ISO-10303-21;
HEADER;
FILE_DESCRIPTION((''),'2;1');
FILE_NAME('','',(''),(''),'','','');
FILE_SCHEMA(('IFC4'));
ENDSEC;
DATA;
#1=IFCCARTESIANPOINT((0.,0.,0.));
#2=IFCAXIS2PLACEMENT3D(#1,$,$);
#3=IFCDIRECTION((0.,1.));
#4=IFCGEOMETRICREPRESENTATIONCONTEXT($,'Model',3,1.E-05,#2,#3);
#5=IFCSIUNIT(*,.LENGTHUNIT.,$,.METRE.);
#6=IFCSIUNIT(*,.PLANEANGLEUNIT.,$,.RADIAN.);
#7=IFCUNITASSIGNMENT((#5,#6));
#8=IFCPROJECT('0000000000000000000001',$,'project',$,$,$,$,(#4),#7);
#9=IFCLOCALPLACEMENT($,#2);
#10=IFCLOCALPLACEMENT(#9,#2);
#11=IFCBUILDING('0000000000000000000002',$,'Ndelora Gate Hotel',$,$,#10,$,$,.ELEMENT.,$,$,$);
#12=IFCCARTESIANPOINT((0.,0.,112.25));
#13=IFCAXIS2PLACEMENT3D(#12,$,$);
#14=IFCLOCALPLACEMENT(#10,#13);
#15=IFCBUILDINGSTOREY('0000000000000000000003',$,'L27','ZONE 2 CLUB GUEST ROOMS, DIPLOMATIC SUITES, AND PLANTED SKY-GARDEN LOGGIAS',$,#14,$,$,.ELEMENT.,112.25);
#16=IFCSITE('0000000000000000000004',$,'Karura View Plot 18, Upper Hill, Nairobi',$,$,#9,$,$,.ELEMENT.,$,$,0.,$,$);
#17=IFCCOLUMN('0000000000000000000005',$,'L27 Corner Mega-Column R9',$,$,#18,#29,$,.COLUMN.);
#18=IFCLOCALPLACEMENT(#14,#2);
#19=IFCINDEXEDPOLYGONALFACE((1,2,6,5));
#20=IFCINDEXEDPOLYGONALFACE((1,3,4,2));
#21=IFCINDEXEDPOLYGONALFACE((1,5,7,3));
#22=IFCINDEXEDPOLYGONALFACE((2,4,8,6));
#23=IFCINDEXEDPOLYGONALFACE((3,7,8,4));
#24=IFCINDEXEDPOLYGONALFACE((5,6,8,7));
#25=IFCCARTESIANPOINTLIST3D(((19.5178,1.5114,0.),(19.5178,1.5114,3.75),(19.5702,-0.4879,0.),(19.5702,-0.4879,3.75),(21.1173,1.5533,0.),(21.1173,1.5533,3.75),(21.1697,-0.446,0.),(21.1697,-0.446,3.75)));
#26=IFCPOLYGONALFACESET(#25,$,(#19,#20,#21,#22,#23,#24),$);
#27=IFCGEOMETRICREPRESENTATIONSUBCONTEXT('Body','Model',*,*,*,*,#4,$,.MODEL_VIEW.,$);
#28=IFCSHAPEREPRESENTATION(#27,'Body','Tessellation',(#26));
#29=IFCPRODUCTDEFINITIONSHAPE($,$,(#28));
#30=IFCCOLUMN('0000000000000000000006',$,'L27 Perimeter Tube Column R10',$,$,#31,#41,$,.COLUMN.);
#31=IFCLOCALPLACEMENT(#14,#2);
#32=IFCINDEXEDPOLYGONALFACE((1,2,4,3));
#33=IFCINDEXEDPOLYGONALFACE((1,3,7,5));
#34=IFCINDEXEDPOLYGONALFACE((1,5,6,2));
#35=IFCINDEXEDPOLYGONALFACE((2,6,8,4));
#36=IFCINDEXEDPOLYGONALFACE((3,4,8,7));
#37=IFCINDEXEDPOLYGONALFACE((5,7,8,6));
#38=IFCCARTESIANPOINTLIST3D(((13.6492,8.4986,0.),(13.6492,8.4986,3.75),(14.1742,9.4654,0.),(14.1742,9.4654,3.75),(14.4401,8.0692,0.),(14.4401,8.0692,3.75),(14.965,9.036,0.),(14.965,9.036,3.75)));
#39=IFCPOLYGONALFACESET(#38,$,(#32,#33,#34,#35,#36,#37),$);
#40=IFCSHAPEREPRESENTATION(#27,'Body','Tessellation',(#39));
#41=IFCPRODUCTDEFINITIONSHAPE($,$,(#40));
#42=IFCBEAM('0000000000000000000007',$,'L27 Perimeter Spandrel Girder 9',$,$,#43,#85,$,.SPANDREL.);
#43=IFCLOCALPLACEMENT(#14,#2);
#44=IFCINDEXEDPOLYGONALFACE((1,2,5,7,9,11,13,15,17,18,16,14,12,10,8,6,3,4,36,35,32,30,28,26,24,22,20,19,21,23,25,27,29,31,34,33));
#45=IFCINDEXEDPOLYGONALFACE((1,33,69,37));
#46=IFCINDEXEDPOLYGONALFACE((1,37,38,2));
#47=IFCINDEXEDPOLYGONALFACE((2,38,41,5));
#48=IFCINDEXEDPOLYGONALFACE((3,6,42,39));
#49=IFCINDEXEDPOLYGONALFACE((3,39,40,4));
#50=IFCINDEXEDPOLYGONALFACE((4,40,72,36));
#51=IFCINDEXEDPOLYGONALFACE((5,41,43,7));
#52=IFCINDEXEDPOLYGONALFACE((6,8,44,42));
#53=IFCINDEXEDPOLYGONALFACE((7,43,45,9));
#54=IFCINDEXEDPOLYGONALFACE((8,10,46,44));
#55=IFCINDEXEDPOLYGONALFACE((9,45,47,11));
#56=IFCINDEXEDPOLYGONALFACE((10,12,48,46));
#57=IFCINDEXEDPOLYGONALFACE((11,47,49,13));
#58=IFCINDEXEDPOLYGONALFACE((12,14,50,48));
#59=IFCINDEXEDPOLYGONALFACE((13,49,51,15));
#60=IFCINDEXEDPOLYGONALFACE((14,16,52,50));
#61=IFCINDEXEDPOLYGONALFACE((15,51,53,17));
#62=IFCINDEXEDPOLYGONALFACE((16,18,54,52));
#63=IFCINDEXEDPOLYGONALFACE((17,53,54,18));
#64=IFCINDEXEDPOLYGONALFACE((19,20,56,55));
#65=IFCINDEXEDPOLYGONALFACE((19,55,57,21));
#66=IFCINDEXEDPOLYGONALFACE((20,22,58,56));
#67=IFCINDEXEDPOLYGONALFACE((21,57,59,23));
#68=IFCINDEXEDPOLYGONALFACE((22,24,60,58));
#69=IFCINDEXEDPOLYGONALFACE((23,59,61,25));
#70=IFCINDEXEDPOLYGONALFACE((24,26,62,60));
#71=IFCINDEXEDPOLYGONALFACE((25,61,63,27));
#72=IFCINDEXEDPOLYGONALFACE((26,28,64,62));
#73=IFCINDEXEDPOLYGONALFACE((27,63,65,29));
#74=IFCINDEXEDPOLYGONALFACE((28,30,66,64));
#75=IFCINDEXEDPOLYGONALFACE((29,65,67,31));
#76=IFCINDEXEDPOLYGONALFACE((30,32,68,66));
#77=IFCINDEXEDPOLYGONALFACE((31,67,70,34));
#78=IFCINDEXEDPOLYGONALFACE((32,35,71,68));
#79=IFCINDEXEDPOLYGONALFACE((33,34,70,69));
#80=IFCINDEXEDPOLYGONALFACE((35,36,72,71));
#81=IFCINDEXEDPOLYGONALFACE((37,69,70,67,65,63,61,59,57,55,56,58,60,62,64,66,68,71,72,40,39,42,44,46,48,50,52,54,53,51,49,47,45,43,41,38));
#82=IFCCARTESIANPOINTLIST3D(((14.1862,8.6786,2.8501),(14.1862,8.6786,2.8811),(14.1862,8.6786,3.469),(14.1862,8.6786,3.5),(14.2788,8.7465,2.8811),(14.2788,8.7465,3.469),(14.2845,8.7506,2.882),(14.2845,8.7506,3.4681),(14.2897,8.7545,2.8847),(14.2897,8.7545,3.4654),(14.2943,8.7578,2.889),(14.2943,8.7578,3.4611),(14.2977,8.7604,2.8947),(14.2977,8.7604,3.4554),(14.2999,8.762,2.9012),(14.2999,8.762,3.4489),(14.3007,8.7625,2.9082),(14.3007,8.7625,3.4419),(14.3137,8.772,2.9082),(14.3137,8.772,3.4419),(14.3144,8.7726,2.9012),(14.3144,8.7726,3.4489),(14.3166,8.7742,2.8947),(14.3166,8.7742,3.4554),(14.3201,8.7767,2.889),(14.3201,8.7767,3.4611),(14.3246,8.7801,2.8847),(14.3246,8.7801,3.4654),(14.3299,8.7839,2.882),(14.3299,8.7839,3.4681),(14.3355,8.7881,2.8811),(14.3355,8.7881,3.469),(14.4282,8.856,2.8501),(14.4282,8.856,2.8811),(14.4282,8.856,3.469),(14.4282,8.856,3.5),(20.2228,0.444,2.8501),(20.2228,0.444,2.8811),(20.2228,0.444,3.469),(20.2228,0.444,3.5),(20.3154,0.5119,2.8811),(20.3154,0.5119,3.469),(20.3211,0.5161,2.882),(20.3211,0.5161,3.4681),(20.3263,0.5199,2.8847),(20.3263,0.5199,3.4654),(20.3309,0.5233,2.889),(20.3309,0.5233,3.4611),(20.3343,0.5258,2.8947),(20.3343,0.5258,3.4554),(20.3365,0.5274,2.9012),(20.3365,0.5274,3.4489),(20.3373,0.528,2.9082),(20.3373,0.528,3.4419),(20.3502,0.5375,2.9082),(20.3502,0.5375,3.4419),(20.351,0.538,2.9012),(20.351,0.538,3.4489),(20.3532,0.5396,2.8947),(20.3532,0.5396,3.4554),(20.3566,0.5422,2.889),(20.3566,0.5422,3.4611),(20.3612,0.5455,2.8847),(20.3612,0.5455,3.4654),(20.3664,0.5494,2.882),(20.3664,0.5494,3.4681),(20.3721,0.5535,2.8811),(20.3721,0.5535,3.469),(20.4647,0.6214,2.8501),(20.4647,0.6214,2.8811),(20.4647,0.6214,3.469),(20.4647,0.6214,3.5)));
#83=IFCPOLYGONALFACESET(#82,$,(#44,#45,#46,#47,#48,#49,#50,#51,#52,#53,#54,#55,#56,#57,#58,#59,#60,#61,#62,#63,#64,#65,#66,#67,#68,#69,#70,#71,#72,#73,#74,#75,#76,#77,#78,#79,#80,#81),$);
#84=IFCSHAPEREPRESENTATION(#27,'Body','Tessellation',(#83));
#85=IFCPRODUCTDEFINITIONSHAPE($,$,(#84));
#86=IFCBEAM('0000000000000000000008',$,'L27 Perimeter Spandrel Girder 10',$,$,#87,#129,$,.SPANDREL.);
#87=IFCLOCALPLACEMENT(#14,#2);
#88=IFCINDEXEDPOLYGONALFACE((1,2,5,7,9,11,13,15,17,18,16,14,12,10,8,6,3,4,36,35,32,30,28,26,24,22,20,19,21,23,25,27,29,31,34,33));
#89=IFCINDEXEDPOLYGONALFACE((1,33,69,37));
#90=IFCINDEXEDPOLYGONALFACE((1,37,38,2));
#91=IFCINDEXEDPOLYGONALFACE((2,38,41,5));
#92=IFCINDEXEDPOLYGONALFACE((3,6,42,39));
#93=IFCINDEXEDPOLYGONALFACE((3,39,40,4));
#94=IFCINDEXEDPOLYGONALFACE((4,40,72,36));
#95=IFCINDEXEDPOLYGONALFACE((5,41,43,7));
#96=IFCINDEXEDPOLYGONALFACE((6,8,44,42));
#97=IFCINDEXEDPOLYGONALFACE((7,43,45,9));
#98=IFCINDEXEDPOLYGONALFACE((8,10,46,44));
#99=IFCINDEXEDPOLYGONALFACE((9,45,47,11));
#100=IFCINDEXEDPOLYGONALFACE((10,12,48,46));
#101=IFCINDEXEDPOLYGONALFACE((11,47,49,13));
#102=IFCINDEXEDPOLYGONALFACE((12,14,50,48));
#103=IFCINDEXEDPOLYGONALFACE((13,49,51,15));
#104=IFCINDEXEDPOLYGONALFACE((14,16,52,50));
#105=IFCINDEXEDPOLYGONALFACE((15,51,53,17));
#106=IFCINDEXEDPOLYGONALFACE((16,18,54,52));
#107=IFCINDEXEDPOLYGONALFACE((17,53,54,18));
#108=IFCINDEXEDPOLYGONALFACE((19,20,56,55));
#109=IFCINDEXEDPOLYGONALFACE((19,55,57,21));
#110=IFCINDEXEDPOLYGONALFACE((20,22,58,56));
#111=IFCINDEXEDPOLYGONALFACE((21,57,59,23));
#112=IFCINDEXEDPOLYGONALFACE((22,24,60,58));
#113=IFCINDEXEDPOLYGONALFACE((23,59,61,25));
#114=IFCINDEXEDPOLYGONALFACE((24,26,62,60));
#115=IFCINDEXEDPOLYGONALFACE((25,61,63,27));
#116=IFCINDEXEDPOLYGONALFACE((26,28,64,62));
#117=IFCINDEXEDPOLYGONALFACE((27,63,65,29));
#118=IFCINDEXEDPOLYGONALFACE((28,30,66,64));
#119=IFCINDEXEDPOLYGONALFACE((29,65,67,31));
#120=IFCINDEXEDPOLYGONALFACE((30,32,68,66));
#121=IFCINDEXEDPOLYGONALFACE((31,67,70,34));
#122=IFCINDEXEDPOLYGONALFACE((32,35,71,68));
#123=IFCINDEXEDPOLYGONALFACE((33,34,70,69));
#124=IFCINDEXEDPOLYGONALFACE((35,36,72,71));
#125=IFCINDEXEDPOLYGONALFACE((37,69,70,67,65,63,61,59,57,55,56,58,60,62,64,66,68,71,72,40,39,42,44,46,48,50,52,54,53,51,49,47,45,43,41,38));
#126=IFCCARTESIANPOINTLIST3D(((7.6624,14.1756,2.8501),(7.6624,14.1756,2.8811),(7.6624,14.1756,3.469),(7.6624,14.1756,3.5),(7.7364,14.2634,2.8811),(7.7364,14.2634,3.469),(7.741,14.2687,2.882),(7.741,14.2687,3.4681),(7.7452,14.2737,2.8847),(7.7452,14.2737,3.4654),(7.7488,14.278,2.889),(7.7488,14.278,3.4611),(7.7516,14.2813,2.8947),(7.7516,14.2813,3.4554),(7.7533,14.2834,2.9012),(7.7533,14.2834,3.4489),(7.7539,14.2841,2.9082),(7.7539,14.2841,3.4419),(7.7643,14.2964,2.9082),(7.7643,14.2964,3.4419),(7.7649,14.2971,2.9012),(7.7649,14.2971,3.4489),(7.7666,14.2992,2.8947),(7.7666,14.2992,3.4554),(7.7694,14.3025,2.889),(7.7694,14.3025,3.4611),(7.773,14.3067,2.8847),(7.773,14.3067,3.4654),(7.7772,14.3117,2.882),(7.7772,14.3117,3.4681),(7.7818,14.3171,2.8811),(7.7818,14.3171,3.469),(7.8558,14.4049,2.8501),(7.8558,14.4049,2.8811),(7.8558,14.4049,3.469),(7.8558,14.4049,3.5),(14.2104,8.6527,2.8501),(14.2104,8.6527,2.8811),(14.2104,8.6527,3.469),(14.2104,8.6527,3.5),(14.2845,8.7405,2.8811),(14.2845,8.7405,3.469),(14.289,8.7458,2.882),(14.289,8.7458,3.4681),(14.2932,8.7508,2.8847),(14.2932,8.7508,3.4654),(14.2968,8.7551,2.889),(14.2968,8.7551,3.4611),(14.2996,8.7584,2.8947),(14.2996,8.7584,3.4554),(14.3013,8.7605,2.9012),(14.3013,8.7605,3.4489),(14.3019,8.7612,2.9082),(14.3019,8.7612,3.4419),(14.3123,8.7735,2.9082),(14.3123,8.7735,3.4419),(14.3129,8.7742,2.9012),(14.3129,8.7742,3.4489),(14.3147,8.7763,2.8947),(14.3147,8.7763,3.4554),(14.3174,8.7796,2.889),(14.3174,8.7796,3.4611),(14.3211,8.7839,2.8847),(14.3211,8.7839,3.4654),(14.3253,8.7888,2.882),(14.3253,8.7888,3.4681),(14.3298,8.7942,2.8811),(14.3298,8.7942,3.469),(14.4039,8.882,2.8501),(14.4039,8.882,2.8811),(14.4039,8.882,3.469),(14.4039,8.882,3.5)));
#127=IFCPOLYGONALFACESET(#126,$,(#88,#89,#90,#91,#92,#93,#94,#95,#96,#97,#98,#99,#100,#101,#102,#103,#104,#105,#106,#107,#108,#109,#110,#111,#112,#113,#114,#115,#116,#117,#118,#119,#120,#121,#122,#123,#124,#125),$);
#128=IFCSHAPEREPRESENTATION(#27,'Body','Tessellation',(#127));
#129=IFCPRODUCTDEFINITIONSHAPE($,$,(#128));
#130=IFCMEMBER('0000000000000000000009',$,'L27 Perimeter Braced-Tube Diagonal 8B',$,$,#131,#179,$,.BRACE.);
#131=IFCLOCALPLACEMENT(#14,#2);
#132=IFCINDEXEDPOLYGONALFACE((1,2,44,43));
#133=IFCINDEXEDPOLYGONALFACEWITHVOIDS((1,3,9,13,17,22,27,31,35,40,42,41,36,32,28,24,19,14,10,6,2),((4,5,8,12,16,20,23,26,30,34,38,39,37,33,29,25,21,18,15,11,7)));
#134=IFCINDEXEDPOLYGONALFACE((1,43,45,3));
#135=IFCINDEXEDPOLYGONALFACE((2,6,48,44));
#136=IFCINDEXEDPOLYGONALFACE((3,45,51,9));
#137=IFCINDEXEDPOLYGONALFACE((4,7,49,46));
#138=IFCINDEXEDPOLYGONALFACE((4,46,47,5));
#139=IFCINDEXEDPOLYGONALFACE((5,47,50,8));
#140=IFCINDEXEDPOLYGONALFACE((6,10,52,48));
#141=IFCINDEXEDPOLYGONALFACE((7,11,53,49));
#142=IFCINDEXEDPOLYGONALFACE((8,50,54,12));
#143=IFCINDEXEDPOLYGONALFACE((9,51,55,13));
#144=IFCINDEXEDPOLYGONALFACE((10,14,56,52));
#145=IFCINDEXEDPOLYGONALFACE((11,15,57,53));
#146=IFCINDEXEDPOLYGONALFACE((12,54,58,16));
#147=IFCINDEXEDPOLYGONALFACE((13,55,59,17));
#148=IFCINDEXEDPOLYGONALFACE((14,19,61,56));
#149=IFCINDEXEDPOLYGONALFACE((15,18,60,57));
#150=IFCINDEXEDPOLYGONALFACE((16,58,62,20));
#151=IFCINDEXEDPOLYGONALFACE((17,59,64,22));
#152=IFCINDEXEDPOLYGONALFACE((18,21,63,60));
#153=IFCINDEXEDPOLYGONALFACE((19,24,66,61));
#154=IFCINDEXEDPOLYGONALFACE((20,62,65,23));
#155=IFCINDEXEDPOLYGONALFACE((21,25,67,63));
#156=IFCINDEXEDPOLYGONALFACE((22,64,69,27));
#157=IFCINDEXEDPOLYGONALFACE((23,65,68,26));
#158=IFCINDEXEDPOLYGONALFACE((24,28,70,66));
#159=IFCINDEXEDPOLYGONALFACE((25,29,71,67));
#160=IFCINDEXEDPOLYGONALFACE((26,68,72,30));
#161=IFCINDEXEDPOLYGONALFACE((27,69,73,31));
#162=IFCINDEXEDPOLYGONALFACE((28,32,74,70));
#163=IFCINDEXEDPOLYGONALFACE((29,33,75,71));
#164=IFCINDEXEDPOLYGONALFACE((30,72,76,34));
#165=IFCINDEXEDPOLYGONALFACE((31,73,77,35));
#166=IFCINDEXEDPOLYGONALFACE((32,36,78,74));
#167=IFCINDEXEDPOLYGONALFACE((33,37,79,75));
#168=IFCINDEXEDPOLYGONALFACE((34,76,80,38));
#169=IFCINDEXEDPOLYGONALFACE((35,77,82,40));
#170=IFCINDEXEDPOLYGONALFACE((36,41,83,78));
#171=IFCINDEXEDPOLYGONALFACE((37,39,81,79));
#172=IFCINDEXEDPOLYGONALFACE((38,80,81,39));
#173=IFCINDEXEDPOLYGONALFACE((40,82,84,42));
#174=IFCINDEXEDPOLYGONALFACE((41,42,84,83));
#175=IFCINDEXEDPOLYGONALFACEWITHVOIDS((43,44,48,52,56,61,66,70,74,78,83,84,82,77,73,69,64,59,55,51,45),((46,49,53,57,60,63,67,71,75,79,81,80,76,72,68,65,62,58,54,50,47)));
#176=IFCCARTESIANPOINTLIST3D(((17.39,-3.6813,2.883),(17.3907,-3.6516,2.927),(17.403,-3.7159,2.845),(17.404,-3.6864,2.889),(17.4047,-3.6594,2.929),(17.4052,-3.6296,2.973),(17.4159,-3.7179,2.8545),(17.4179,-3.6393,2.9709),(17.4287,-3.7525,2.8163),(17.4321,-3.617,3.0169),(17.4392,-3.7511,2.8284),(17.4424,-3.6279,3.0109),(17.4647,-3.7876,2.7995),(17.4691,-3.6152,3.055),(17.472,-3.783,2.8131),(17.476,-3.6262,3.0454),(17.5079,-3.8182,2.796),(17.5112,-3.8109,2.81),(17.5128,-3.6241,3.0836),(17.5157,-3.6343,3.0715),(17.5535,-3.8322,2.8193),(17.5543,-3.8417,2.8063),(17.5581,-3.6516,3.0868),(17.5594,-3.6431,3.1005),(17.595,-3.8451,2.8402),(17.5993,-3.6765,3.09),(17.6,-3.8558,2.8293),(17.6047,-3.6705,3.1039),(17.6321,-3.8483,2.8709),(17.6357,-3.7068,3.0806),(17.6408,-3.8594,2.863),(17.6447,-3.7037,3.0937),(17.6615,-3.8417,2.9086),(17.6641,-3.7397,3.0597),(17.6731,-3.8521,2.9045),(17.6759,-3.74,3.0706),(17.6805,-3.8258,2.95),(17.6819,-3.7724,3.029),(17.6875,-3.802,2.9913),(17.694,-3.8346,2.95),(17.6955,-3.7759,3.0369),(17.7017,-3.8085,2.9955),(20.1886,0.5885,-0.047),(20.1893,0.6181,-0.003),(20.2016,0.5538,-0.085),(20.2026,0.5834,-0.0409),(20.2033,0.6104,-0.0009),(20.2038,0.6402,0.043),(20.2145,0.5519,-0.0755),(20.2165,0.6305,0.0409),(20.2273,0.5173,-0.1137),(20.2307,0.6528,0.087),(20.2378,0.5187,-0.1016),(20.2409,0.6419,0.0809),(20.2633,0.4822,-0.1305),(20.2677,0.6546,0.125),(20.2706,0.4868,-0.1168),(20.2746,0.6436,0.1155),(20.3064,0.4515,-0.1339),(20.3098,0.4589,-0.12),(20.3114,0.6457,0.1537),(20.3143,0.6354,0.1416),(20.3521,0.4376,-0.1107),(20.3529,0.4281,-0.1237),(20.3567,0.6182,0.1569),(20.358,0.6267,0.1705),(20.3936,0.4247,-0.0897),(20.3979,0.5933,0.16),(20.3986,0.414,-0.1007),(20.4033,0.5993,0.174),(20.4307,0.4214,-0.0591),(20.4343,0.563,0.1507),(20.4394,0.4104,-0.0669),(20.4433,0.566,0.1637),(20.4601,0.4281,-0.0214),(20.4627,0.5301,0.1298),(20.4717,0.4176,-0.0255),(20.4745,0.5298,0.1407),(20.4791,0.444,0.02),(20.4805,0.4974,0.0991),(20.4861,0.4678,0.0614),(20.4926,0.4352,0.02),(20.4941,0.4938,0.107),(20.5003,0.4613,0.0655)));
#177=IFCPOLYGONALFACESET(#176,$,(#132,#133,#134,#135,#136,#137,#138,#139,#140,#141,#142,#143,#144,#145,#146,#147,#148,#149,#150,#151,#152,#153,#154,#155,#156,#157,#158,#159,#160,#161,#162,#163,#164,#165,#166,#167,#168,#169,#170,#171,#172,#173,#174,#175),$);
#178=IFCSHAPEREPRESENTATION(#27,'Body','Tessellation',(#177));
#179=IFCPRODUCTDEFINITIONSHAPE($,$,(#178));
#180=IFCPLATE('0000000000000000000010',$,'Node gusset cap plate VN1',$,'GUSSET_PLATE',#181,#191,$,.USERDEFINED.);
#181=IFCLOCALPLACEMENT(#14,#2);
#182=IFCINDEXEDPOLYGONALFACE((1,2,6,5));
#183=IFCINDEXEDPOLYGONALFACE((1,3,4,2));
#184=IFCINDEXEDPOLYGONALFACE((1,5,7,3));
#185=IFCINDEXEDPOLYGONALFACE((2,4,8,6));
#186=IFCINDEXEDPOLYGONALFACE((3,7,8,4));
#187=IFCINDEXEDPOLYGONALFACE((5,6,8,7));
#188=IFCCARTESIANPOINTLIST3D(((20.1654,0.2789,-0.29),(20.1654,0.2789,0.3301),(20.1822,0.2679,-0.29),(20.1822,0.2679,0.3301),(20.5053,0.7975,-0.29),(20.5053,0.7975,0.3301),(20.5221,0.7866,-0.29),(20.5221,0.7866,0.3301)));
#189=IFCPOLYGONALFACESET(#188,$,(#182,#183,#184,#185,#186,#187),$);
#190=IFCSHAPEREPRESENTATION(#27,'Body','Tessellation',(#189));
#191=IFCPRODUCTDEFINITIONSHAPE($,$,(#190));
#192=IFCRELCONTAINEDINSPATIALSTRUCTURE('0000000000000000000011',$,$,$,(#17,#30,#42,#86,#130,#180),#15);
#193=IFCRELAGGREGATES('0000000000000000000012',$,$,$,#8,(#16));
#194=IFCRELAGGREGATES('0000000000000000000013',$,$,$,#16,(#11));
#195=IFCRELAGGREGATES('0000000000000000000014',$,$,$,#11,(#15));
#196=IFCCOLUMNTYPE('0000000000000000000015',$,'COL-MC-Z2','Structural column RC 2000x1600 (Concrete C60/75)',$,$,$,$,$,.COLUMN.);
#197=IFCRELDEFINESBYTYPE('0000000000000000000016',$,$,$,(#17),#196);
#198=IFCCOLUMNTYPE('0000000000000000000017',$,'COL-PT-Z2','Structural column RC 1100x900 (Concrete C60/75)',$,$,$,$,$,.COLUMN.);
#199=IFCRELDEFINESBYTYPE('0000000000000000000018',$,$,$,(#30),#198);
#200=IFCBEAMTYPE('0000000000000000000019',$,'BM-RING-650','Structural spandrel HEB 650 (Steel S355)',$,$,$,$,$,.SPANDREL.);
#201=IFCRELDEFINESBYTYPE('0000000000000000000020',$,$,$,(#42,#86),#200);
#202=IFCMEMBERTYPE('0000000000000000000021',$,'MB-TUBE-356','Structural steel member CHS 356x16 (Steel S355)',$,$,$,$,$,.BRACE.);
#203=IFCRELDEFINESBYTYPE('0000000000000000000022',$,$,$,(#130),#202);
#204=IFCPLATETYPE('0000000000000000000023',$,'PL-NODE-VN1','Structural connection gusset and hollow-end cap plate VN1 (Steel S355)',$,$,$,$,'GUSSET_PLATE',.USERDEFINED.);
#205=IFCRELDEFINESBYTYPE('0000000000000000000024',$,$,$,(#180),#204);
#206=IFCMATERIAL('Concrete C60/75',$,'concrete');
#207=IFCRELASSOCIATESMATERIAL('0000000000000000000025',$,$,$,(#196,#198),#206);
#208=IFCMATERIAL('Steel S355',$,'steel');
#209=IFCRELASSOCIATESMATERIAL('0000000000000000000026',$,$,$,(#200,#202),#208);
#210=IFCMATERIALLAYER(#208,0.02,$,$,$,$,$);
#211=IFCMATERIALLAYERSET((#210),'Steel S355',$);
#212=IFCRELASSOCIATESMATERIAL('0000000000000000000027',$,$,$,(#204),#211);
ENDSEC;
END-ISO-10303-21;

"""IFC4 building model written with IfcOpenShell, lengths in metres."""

from ifc_helpers import new_model, si_unit, direction, frame, origin, origin_2d, place, context, subcontext, project, spatial, rectangle, hollow_circle, i_section, extrude, material, layer, layer_set, material_profile, profile_set, type_object, element, save


model = new_model("IFC4")

# Units and contexts
model_context = context("Model", 3, precision=1e-05, world=origin(), true_north=direction((0.0, 1.0)))
body_context = subcontext(model_context, "Body", "Model", "MODEL_VIEW")
ifc_project = project(units=[si_unit("LENGTHUNIT", "METRE"), si_unit("PLANEANGLEUNIT", "RADIAN")], contexts=[model_context])

# Site, building, storey
site_placement = place(None, origin())
site = spatial("IfcSite", under=ifc_project, at=site_placement, Name="Karura View Plot 18, Upper Hill, Nairobi", CompositionType="ELEMENT", RefElevation=0.0)
building_placement = place(site_placement, origin())
building = spatial("IfcBuilding", under=site, at=building_placement, Name="Ndelora Gate Hotel", CompositionType="ELEMENT")
storey_placement = place(building_placement, frame((0.0, 0.0, 112.25)))
storey = spatial("IfcBuildingStorey", under=building, at=storey_placement, Name="L27", Description="ZONE 2 CLUB GUEST ROOMS, DIPLOMATIC SUITES, AND PLANTED SKY-GARDEN LOGGIAS", CompositionType="ELEMENT", Elevation=112.25)

# Columns
ifc_material_1 = material(Name="Concrete C60/75", Category="concrete")
ifc_material_profile_1 = material_profile(ifc_material_1, rectangle(XDim=1.6001, YDim=2.0, at=origin_2d()), Name="RC 2000x1600")
ifc_profile_set_1 = profile_set([ifc_material_profile_1], Name="Concrete C60/75")
column_type_1 = type_object("IfcColumnType", Name="COL-MC-Z2", Description="Structural column RC 2000x1600 (Concrete C60/75)", PredefinedType="COLUMN", material=ifc_profile_set_1)
column_1_placement = place(storey_placement, frame((20.3438, 0.5327, 0.0), z_axis=(0.0, 0.0, 1.0), x_axis=(0.999657, 0.026177, 0.0)))
element("IfcColumn", 1, at=column_1_placement, inside=storey, type_object=column_type_1, Name="L27 Corner Mega-Column R9", PredefinedType="COLUMN", context=body_context, shape_type="SweptSolid", body=[
    extrude(rectangle(XDim=1.6001, YDim=2.0, at=origin_2d()), origin(), (0.0, 0.0, 1.0), 3.75),
])
ifc_material_profile_2 = material_profile(ifc_material_1, rectangle(XDim=0.8999, YDim=1.1001, at=origin_2d()), Name="RC 1100x900")
ifc_profile_set_2 = profile_set([ifc_material_profile_2], Name="Concrete C60/75")
column_type_2 = type_object("IfcColumnType", Name="COL-PT-Z2", Description="Structural column RC 1100x900 (Concrete C60/75)", PredefinedType="COLUMN", material=ifc_profile_set_2)
column_2_placement = place(storey_placement, frame((14.3071, 8.7673, 0.0), z_axis=(0.0, 0.0, 1.0), x_axis=(-0.878817, 0.477159, 0.0)))
element("IfcColumn", 2, at=column_2_placement, inside=storey, type_object=column_type_2, Name="L27 Perimeter Tube Column R10", PredefinedType="COLUMN", context=body_context, shape_type="SweptSolid", body=[
    extrude(rectangle(XDim=0.8999, YDim=1.1001, at=origin_2d()), origin(), (0.0, 0.0, 1.0), 3.75),
])

# Beams
ifc_material_2 = material(Name="Steel S355", Category="steel")
ifc_material_profile_3 = material_profile(ifc_material_2, i_section(OverallWidth=0.3, OverallDepth=0.6499, WebThickness=0.0161, FlangeThickness=0.031, FilletRadius=0.0271, at=origin_2d()), Name="HEB 650")
ifc_profile_set_3 = profile_set([ifc_material_profile_3], Name="Steel S355")
beam_type = type_object("IfcBeamType", Name="BM-RING-650", Description="Structural spandrel HEB 650 (Steel S355)", PredefinedType="SPANDREL", material=ifc_profile_set_3)
beam_1_placement = place(storey_placement, frame((20.3438, 0.5327, 3.175), z_axis=(-0.59123, 0.806503, 0.0), x_axis=(-0.806503, -0.59123, 0.0)))
element("IfcBeam", 3, at=beam_1_placement, inside=storey, type_object=beam_type, Name="L27 Perimeter Spandrel Girder 9", PredefinedType="SPANDREL", context=body_context, shape_type="SweptSolid", body=[
    extrude(i_section(OverallWidth=0.3, OverallDepth=0.6499, WebThickness=0.0161, FlangeThickness=0.031, FilletRadius=0.0271, at=origin_2d()), origin(), (0.0, 0.0, 1.0), 10.2102),
])
beam_2_placement = place(storey_placement, frame((14.3071, 8.7673, 3.175), z_axis=(-0.764407, 0.644734, 0.0), x_axis=(-0.644734, -0.764407, 0.0)))
element("IfcBeam", 4, at=beam_2_placement, inside=storey, type_object=beam_type, Name="L27 Perimeter Spandrel Girder 10", PredefinedType="SPANDREL", context=body_context, shape_type="SweptSolid", body=[
    extrude(i_section(OverallWidth=0.3, OverallDepth=0.6499, WebThickness=0.0161, FlangeThickness=0.031, FilletRadius=0.0271, at=origin_2d()), origin(), (0.0, 0.0, 1.0), 8.5662),
])

# Member
ifc_material_profile_4 = material_profile(ifc_material_2, hollow_circle(Radius=0.178, WallThickness=0.0161, at=origin_2d()), Name="CHS 356x16")
ifc_profile_set_4 = profile_set([ifc_material_profile_4], Name="Steel S355")
member_type = type_object("IfcMemberType", Name="MB-TUBE-356", Description="Structural steel member CHS 356x16 (Steel S355)", PredefinedType="BRACE", material=ifc_profile_set_4)
member_placement = place(storey_placement, frame((20.3438, 0.5327, 0.02), z_axis=(-0.475447, -0.725385, 0.497761), x_axis=(0.836358, -0.548183, 0.0)))
element("IfcMember", 5, at=member_placement, inside=storey, type_object=member_type, Name="L27 Perimeter Braced-Tube Diagonal 8B", PredefinedType="BRACE", context=body_context, shape_type="SweptSolid", body=[
    extrude(hollow_circle(Radius=0.178, WallThickness=0.0161, at=origin_2d()), origin(), (0.0, 0.0, 1.0), 5.8862),
])

# Plate
ifc_layer_1 = layer(ifc_material_2, 0.02)
ifc_layer_set_1 = layer_set([ifc_layer_1], Name="Steel S355")
plate_type = type_object("IfcPlateType", Name="PL-NODE-VN1", Description="Structural connection gusset and hollow-end cap plate VN1 (Steel S355)", ElementType="GUSSET_PLATE", PredefinedType="USERDEFINED", material=ifc_layer_set_1)
plate_placement = place(storey_placement, frame((20.3438, 0.5327, -0.29), z_axis=(0.0, 0.0, 1.0), x_axis=(0.548147, 0.836382, 0.0)))
element("IfcPlate", 6, at=plate_placement, inside=storey, type_object=plate_type, Name="Node gusset cap plate VN1", ObjectType="GUSSET_PLATE", PredefinedType="USERDEFINED", context=body_context, shape_type="SweptSolid", body=[
    extrude(rectangle(XDim=0.6201, YDim=0.02, at=origin_2d()), origin(), (0.0, 0.0, 1.0), 0.6201),
])

save(model, "model.ifc")
